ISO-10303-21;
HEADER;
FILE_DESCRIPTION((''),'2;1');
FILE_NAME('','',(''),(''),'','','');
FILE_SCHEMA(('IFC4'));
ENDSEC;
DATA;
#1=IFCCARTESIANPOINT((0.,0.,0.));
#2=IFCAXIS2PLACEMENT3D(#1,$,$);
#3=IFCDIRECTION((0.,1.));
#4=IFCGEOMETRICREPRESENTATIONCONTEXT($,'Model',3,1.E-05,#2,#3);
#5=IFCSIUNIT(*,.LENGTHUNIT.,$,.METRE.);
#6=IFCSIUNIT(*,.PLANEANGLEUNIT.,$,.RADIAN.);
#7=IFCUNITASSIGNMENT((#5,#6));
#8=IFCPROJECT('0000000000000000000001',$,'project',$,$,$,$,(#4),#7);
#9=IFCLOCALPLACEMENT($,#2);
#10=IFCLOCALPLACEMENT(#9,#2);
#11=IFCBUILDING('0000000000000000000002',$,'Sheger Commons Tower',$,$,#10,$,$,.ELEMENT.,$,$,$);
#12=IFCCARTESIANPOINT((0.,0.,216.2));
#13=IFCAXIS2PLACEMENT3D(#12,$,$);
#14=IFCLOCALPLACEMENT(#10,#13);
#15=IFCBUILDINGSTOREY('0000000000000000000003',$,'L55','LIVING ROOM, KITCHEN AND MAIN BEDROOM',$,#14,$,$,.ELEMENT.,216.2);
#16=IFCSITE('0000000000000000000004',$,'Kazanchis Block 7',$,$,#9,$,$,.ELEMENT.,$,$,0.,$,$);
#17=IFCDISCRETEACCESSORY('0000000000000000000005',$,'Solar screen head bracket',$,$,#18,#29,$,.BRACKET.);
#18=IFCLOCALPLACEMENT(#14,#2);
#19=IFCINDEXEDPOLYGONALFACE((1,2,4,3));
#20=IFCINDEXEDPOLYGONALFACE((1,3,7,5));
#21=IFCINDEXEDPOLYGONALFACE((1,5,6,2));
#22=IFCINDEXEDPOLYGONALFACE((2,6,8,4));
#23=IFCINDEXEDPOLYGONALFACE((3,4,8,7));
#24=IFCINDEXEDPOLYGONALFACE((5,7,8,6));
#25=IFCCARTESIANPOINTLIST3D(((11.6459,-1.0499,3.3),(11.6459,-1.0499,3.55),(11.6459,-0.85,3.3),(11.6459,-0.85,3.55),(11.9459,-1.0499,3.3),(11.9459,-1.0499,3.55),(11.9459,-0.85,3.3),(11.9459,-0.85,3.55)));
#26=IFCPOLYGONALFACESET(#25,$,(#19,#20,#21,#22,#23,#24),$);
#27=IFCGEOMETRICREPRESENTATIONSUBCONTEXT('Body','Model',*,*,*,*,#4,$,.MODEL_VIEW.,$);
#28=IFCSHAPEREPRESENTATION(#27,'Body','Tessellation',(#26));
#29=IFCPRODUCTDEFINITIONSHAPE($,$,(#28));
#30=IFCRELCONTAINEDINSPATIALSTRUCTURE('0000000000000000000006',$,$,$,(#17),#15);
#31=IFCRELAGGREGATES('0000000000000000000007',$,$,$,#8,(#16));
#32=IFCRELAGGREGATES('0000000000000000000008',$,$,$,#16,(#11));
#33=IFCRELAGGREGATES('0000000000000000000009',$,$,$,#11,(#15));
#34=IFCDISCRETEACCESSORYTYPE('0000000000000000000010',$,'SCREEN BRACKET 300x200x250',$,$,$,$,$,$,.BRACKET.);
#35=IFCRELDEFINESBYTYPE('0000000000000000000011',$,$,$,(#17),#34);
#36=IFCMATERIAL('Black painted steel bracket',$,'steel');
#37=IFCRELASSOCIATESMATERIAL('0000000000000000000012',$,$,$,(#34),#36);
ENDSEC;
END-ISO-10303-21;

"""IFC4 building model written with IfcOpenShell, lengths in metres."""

from ifc_helpers import new_model, si_unit, direction, frame, origin, origin_2d, place, context, subcontext, project, spatial, rectangle, extrude, material, type_object, element, save


model = new_model("IFC4")

# Units and contexts
model_context = context("Model", 3, precision=1e-05, world=origin(), true_north=direction((0.0, 1.0)))
body_context = subcontext(model_context, "Body", "Model", "MODEL_VIEW")
ifc_project = project(units=[si_unit("LENGTHUNIT", "METRE"), si_unit("PLANEANGLEUNIT", "RADIAN")], contexts=[model_context])

# Site, building, storey
site_placement = place(None, origin())
site = spatial("IfcSite", under=ifc_project, at=site_placement, Name="Kazanchis Block 7", CompositionType="ELEMENT", RefElevation=0.0)
building_placement = place(site_placement, origin())
building = spatial("IfcBuilding", under=site, at=building_placement, Name="Sheger Commons Tower", CompositionType="ELEMENT")
storey_placement = place(building_placement, frame((0.0, 0.0, 216.2)))
storey = spatial("IfcBuildingStorey", under=building, at=storey_placement, Name="L55", Description="LIVING ROOM, KITCHEN AND MAIN BEDROOM", CompositionType="ELEMENT", Elevation=216.2)

# Discrete accessory
ifc_material_1 = material(Name="Black painted steel bracket", Category="steel")
discrete_accessory_type = type_object("IfcDiscreteAccessoryType", Name="SCREEN BRACKET 300x200x250", PredefinedType="BRACKET", material=ifc_material_1)
for number, where, z_axis, x_axis, name in (
    (1, (11.7959, -0.95, 3.3), (0.0, 0.0, 1.0), (1.0, 0.0, 0.0), "Solar screen head bracket"),
):
    element("IfcDiscreteAccessory", number, at=place(storey_placement, frame(where, z_axis=z_axis, x_axis=x_axis)), inside=storey, type_object=discrete_accessory_type, Name=name, PredefinedType="BRACKET", context=body_context, shape_type="SweptSolid", body=[
        extrude(rectangle(XDim=0.3, YDim=0.2, at=origin_2d()), origin(), (0.0, 0.0, 1.0), 0.25),
    ])

save(model, "model.ifc")
